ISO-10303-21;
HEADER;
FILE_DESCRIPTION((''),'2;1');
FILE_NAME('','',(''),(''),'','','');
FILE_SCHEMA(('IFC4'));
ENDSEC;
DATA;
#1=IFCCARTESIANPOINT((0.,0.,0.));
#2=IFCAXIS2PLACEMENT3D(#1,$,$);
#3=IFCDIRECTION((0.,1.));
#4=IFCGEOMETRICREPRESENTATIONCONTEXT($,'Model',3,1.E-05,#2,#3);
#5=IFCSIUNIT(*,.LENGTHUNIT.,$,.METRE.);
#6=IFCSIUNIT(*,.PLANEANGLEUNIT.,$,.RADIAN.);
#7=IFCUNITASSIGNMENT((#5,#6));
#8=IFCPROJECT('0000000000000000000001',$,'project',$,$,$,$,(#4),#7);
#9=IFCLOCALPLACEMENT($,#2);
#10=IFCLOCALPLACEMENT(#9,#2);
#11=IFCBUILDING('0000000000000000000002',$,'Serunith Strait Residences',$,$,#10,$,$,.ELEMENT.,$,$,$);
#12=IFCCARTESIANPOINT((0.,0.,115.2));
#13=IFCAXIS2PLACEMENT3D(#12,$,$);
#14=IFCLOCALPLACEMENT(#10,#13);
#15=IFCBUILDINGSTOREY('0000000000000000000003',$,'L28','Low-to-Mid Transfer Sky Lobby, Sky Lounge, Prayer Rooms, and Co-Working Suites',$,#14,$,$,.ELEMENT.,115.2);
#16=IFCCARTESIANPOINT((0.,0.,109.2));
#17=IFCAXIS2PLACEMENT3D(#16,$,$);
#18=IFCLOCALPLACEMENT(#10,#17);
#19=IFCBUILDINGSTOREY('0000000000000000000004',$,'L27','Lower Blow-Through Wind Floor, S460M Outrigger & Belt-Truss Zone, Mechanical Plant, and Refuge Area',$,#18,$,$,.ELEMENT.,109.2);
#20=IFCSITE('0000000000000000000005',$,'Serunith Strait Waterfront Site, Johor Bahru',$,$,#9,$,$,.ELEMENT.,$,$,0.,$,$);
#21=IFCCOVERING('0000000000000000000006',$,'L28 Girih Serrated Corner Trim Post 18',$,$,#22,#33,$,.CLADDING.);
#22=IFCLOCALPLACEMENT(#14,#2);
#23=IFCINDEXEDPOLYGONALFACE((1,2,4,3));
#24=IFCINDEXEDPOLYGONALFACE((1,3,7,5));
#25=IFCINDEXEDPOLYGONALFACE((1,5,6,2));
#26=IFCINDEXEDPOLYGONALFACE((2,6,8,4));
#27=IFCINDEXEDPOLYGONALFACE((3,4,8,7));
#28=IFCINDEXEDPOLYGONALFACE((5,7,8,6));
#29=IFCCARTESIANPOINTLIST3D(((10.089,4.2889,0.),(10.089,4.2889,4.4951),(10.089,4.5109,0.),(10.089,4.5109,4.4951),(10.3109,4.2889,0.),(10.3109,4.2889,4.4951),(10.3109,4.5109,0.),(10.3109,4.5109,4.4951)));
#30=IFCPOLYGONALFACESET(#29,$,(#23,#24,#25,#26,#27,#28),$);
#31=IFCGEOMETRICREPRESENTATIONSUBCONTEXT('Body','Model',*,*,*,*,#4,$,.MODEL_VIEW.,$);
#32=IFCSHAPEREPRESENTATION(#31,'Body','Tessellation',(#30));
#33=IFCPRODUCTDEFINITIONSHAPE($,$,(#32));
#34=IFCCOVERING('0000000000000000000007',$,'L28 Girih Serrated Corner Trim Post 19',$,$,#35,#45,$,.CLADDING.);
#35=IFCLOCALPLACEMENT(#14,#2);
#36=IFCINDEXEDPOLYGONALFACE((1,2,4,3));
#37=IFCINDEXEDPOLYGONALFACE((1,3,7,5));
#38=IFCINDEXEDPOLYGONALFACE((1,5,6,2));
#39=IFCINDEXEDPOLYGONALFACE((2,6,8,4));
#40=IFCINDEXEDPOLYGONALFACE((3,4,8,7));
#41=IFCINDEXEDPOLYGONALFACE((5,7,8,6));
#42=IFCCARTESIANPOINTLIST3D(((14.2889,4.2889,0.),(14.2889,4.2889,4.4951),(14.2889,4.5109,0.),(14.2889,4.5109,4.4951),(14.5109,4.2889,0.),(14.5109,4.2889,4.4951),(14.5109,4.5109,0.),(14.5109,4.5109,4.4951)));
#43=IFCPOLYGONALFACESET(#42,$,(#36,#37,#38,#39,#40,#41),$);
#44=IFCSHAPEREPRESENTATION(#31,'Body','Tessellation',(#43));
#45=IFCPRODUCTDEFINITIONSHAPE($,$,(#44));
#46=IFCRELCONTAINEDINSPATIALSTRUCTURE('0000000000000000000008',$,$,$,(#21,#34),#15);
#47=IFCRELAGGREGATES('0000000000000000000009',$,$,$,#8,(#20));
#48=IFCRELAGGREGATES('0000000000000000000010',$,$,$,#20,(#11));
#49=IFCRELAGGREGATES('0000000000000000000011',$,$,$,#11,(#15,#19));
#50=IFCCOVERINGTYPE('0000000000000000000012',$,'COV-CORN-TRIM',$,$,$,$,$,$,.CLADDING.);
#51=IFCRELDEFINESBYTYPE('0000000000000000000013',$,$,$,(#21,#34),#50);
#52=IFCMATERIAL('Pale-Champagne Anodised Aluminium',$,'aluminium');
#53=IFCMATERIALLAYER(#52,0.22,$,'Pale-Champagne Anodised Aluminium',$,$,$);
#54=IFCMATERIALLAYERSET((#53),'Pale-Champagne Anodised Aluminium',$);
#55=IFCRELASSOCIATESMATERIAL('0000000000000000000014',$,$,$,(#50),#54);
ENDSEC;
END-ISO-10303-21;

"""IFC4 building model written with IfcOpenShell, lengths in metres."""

from ifc_helpers import new_model, si_unit, direction, frame, origin, origin_2d, place, context, subcontext, project, spatial, rectangle, extrude, source, transform, mapped, material, layer, layer_set, type_object, element, save


model = new_model("IFC4")

# Units and contexts
model_context = context("Model", 3, precision=1e-05, world=origin(), true_north=direction((0.0, 1.0)))
body_context = subcontext(model_context, "Body", "Model", "MODEL_VIEW")
ifc_project = project(units=[si_unit("LENGTHUNIT", "METRE"), si_unit("PLANEANGLEUNIT", "RADIAN")], contexts=[model_context])

# Site, building, storey
site_placement = place(None, origin())
site = spatial("IfcSite", under=ifc_project, at=site_placement, Name="Serunith Strait Waterfront Site, Johor Bahru", CompositionType="ELEMENT", RefElevation=0.0)
building_placement = place(site_placement, origin())
building = spatial("IfcBuilding", under=site, at=building_placement, Name="Serunith Strait Residences", CompositionType="ELEMENT")
storey_1_placement = place(building_placement, frame((0.0, 0.0, 115.2)))
storey_1 = spatial("IfcBuildingStorey", under=building, at=storey_1_placement, Name="L28", Description="Low-to-Mid Transfer Sky Lobby, Sky Lounge, Prayer Rooms, and Co-Working Suites", CompositionType="ELEMENT", Elevation=115.2)

# Shared definitions
ifc_material_1 = material(Name="Pale-Champagne Anodised Aluminium", Category="aluminium")

# Shared definitions
storey_2_placement = place(building_placement, frame((0.0, 0.0, 109.2)))
storey_2 = spatial("IfcBuildingStorey", under=building, at=storey_2_placement, Name="L27", Description="Lower Blow-Through Wind Floor, S460M Outrigger & Belt-Truss Zone, Mechanical Plant, and Refuge Area", CompositionType="ELEMENT", Elevation=109.2)

# Coverings
ifc_layer_1 = layer(ifc_material_1, 0.22, Name="Pale-Champagne Anodised Aluminium")
ifc_layer_set_1 = layer_set([ifc_layer_1], Name="Pale-Champagne Anodised Aluminium")
covering_type_1 = type_object("IfcCoveringType", Name="COV-CORN-TRIM", PredefinedType="CLADDING", material=ifc_layer_set_1)
shared_shape_1 = source(origin(), body_context, "Body", "SweptSolid", [
    extrude(rectangle(XDim=0.2219, YDim=0.2219, at=origin_2d()), origin(), (0.0, 0.0, 1.0), 4.4951),
])
for number, where, z_axis, x_axis, name in (
    (1, (10.2, 4.3999, 0.0), (0.0, 0.0, 1.0), (1.0, 0.0, 0.0), "L28 Girih Serrated Corner Trim Post 18"),
    (2, (14.3999, 4.3999, 0.0), (0.0, 0.0, 1.0), (1.0, 0.0, 0.0), "L28 Girih Serrated Corner Trim Post 19"),
):
    element("IfcCovering", number, at=place(storey_1_placement, frame(where, z_axis=z_axis, x_axis=x_axis)), inside=storey_1, type_object=covering_type_1, Name=name, PredefinedType="CLADDING", context=body_context, shape_type="MappedRepresentation", body=[
        mapped(shared_shape_1, transform((0.0, 0.0, 0.0), scale=1.0)),
    ])

save(model, "model.ifc")
